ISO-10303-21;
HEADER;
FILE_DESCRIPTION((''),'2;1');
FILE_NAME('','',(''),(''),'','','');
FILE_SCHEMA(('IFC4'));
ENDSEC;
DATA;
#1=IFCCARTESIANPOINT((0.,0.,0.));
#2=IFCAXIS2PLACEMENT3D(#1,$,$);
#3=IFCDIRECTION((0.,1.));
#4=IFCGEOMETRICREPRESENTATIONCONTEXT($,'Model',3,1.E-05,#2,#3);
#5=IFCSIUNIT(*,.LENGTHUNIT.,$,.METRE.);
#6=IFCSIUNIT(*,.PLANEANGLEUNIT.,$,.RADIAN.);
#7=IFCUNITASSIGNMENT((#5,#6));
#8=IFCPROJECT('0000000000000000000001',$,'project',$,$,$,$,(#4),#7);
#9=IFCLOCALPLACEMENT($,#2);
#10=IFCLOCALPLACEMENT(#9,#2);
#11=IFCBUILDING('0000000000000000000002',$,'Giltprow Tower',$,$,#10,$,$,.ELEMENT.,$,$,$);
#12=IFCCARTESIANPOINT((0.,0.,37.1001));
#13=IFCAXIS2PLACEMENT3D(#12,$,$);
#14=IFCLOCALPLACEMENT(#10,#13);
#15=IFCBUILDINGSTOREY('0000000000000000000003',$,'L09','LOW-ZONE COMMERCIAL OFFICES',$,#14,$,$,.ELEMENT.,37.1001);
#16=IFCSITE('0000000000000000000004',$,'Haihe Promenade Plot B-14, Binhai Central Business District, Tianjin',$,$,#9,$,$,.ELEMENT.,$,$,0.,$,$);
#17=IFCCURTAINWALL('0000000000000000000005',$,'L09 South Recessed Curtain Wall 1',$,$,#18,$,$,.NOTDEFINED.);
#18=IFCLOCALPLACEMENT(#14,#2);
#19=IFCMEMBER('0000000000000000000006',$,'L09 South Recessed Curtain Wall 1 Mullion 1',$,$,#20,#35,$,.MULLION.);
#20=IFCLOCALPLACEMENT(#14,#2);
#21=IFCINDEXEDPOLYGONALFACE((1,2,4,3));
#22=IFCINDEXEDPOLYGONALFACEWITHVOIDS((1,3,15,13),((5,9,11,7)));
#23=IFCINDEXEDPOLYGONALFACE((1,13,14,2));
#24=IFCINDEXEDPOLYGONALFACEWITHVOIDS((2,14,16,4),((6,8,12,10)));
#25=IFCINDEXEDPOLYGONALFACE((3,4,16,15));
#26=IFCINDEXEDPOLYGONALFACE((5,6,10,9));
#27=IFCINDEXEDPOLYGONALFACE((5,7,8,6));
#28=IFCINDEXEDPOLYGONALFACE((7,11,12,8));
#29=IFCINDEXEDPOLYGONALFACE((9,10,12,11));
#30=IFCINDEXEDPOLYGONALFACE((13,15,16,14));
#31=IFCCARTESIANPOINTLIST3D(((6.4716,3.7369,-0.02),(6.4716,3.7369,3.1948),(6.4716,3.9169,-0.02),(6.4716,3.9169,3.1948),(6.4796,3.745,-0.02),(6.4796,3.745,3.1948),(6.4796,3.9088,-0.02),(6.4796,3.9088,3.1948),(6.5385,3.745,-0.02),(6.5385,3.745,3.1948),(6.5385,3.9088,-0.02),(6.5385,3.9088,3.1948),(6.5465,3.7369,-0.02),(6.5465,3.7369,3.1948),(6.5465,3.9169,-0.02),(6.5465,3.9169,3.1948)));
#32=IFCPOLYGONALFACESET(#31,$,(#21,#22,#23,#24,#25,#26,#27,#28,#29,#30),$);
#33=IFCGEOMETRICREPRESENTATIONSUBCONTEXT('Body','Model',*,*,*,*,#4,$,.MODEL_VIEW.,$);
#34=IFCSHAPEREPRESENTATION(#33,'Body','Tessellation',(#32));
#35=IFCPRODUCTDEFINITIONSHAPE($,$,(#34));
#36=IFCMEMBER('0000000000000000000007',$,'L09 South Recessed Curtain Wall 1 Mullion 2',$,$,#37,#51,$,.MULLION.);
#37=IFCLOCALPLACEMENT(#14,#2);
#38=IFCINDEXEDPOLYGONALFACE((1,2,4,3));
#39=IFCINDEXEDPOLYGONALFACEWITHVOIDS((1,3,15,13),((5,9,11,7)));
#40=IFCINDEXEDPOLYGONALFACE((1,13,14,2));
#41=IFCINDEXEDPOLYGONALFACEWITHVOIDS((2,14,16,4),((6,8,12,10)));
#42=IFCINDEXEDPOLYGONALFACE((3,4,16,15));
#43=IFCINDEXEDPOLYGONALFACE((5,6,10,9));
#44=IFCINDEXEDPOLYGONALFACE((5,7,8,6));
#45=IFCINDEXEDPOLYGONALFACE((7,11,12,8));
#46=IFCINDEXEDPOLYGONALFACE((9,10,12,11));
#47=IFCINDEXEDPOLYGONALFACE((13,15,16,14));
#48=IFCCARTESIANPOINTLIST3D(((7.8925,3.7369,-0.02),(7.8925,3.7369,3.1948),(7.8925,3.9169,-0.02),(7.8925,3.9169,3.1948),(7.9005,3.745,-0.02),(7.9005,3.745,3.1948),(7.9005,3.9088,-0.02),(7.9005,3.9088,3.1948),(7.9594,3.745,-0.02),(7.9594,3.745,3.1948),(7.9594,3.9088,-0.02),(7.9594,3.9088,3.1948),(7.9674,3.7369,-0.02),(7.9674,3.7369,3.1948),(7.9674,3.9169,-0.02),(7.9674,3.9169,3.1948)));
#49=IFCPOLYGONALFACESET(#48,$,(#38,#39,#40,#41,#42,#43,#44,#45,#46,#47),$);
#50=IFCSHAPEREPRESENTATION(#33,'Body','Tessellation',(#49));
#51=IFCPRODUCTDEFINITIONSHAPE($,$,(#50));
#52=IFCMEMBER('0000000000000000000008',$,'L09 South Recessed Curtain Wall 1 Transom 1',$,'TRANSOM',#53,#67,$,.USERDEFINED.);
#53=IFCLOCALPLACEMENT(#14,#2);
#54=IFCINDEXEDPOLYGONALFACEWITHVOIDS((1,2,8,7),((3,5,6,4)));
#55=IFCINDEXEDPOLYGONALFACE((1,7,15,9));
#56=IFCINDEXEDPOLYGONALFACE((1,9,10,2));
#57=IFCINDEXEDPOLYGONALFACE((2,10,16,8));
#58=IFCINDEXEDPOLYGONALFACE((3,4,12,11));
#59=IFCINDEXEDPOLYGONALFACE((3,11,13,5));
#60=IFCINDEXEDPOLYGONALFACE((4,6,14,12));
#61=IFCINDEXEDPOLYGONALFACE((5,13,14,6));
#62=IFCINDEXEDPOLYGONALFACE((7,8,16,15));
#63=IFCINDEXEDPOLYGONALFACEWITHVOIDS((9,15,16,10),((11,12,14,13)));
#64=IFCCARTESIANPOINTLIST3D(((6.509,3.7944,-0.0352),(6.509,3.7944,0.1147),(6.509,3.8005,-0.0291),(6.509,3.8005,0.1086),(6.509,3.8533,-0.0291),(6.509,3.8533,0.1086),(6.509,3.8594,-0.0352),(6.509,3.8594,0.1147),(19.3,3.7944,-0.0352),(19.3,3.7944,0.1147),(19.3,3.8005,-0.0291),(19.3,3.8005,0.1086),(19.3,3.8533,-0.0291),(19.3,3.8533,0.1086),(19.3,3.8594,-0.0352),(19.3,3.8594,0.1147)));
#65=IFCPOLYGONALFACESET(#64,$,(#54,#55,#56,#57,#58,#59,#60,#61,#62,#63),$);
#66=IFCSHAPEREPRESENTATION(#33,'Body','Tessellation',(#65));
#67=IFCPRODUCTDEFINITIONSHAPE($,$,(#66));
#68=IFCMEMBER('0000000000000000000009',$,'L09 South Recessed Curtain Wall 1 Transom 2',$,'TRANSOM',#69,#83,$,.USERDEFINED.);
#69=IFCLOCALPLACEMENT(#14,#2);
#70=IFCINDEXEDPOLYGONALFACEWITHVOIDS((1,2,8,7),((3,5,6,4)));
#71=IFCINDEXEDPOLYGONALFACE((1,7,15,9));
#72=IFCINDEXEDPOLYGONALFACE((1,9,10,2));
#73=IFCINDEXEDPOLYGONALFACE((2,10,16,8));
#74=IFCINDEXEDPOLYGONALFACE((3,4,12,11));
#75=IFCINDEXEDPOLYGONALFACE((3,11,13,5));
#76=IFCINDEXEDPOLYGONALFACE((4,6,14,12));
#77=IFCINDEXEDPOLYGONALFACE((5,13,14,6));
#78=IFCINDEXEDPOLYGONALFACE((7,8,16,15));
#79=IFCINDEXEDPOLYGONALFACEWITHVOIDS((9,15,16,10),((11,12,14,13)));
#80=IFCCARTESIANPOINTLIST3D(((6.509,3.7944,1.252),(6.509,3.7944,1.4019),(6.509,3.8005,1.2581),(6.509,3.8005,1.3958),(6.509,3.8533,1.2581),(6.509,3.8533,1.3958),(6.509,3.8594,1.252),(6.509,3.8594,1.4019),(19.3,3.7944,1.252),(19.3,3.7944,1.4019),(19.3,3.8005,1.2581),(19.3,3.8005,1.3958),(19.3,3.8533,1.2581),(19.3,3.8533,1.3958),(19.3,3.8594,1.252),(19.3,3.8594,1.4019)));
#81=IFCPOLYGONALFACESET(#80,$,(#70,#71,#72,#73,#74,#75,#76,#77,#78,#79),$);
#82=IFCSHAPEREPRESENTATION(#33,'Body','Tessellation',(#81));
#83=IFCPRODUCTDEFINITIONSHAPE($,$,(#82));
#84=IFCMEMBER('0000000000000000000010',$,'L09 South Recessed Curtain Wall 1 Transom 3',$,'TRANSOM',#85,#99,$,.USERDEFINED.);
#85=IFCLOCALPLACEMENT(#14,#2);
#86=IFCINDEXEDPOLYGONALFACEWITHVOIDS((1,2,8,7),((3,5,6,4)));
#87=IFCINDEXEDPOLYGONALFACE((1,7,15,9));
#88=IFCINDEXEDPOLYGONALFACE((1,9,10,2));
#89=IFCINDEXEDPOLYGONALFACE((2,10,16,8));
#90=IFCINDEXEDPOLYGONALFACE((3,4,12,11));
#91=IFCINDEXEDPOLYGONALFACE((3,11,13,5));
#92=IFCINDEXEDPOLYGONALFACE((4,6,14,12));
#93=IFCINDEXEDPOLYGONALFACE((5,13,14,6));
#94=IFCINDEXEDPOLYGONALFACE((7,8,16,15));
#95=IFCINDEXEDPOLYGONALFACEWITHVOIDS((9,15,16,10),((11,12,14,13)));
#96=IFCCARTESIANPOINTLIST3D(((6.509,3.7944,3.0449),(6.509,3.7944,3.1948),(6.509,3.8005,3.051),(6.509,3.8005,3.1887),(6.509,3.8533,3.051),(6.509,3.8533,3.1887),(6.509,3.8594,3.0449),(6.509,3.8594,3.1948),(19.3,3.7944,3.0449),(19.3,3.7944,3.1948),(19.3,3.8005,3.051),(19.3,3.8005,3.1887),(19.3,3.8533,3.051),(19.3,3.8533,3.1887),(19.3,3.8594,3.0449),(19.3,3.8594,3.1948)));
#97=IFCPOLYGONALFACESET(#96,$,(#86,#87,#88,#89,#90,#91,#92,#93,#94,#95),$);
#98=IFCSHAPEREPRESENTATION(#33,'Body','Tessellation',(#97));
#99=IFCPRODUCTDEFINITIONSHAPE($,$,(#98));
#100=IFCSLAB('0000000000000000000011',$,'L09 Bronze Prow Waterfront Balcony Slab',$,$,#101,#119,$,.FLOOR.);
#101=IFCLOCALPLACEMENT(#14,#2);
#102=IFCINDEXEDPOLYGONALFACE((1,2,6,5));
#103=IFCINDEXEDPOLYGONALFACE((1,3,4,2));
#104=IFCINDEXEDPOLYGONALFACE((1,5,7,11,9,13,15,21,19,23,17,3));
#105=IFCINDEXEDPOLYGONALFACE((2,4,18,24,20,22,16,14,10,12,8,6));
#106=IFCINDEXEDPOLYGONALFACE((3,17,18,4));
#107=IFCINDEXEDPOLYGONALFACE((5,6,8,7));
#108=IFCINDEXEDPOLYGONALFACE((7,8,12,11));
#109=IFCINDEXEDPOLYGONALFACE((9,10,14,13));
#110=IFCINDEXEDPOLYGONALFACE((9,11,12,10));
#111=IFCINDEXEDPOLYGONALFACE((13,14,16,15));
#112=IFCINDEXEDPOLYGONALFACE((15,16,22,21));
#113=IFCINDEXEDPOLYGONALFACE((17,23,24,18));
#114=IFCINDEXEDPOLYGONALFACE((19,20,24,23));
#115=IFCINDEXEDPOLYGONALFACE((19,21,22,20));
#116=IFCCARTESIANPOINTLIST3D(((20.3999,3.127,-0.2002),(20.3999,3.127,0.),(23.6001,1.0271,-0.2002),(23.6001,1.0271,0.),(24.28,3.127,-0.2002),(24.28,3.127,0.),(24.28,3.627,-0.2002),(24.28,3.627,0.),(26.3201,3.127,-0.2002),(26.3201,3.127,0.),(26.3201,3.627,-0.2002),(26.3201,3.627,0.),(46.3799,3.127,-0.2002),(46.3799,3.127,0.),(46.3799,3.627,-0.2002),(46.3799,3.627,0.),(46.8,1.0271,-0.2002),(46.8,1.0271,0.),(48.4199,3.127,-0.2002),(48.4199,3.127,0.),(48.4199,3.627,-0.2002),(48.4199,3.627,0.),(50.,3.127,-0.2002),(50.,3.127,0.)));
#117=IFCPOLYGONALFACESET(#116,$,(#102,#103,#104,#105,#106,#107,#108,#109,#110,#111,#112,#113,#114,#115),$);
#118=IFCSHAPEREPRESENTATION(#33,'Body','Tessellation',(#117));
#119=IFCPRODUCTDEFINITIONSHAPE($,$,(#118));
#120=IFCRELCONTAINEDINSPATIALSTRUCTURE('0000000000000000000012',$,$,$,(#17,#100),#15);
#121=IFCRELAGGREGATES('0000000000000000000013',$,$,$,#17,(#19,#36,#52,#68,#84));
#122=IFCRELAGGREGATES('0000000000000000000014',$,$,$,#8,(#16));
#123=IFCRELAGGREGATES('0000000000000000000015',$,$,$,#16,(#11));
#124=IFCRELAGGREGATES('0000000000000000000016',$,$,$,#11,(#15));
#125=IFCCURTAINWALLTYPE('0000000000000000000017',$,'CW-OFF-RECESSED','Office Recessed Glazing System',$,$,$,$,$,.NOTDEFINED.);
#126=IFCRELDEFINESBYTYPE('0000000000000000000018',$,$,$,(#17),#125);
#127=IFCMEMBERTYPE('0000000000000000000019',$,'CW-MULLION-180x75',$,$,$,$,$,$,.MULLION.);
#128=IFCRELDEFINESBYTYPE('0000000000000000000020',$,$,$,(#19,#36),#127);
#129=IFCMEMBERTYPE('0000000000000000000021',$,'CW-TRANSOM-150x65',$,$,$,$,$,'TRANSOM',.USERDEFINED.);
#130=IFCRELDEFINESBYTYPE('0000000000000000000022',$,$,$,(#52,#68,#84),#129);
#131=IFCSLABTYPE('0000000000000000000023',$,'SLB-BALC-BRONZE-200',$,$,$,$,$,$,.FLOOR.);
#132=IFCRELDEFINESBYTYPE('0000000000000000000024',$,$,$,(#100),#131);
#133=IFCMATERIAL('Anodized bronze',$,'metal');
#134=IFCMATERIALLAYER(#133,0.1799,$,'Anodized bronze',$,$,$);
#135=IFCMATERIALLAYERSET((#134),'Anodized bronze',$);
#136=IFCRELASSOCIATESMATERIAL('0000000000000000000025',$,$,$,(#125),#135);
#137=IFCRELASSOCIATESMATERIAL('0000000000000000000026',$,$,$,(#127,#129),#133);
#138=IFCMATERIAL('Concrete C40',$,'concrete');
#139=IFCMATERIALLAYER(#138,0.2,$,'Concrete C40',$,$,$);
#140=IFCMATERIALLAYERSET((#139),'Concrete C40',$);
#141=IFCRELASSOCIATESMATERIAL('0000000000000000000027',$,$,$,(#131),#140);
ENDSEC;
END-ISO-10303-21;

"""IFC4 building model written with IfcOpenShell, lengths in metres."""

from ifc_helpers import new_model, si_unit, direction, frame, origin, origin_2d, place, context, subcontext, project, spatial, polyline, hollow_rectangle, outline, extrude, source, transform, mapped, material, layer, layer_set, material_profile, profile_set, type_object, element, aggregate, save


model = new_model("IFC4")

# Units and contexts
model_context = context("Model", 3, precision=1e-05, world=origin(), true_north=direction((0.0, 1.0)))
body_context = subcontext(model_context, "Body", "Model", "MODEL_VIEW")
ifc_project = project(units=[si_unit("LENGTHUNIT", "METRE"), si_unit("PLANEANGLEUNIT", "RADIAN")], contexts=[model_context])

# Site, building, storey
site_placement = place(None, origin())
site = spatial("IfcSite", under=ifc_project, at=site_placement, Name="Haihe Promenade Plot B-14, Binhai Central Business District, Tianjin", CompositionType="ELEMENT", RefElevation=0.0)
building_placement = place(site_placement, origin())
building = spatial("IfcBuilding", under=site, at=building_placement, Name="Giltprow Tower", CompositionType="ELEMENT")
storey_placement = place(building_placement, frame((0.0, 0.0, 37.1001)))
storey = spatial("IfcBuildingStorey", under=building, at=storey_placement, Name="L09", Description="LOW-ZONE COMMERCIAL OFFICES", CompositionType="ELEMENT", Elevation=37.1001)

# Curtain wall, members
ifc_material_1 = material(Name="Anodized bronze", Category="metal")
ifc_layer_1 = layer(ifc_material_1, 0.1799, Name="Anodized bronze")
ifc_layer_set_1 = layer_set([ifc_layer_1], Name="Anodized bronze")
curtain_wall_type = type_object("IfcCurtainWallType", Name="CW-OFF-RECESSED", Description="Office Recessed Glazing System", PredefinedType="NOTDEFINED", material=ifc_layer_set_1)
curtain_wall_placement = place(storey_placement, origin())
curtain_wall = element("IfcCurtainWall", 1, at=curtain_wall_placement, inside=storey, type_object=curtain_wall_type, Name="L09 South Recessed Curtain Wall 1", PredefinedType="NOTDEFINED")
ifc_material_profile_1 = material_profile(ifc_material_1, hollow_rectangle(XDim=0.075, YDim=0.1799, WallThickness=0.0081, at=origin_2d()), Name="RHS 180x75x8")
ifc_profile_set_1 = profile_set([ifc_material_profile_1], Name="Anodized bronze")
member_type_1 = type_object("IfcMemberType", Name="CW-MULLION-180x75", PredefinedType="MULLION", material=ifc_profile_set_1)
shared_shape_1 = source(origin(), body_context, "Body", "SweptSolid", [
    extrude(hollow_rectangle(XDim=0.075, YDim=0.1799, WallThickness=0.0081, at=origin_2d()), origin(), (0.0, 0.0, 1.0), 3.2148),
])
member_1_placement = place(storey_placement, frame((6.509, 3.8269, -0.02), z_axis=(0.0, 0.0, 1.0), x_axis=(1.0, 0.0, 0.0)))
member_1 = element("IfcMember", 2, at=member_1_placement, type_object=member_type_1, Name="L09 South Recessed Curtain Wall 1 Mullion 1", PredefinedType="MULLION", context=body_context, shape_type="MappedRepresentation", body=[
    mapped(shared_shape_1, transform((0.0, 0.0, 0.0), x_axis=(1.0, 0.0, 0.0), y_axis=(0.0, 1.0, 0.0), z_axis=(0.0, 0.0, 1.0), scale=1.0)),
])
member_2_placement = place(storey_placement, frame((7.9299, 3.8269, -0.02), z_axis=(0.0, 0.0, 1.0), x_axis=(1.0, 0.0, 0.0)))
member_2 = element("IfcMember", 3, at=member_2_placement, type_object=member_type_1, Name="L09 South Recessed Curtain Wall 1 Mullion 2", PredefinedType="MULLION", context=body_context, shape_type="MappedRepresentation", body=[
    mapped(shared_shape_1, transform((0.0, 0.0, 0.0), x_axis=(1.0, 0.0, 0.0), y_axis=(0.0, 1.0, 0.0), z_axis=(0.0, 0.0, 1.0), scale=1.0)),
])
ifc_material_profile_2 = material_profile(ifc_material_1, hollow_rectangle(XDim=0.0649, YDim=0.1499, WallThickness=0.0061, at=origin_2d()), Name="RHS 150x65x6")
ifc_profile_set_2 = profile_set([ifc_material_profile_2], Name="Anodized bronze")
member_type_2 = type_object("IfcMemberType", Name="CW-TRANSOM-150x65", ElementType="TRANSOM", PredefinedType="USERDEFINED", material=ifc_profile_set_2)
shared_shape_2 = source(origin(), body_context, "Body", "SweptSolid", [
    extrude(hollow_rectangle(XDim=0.0649, YDim=0.1499, WallThickness=0.0061, at=origin_2d()), origin(), (0.0, 0.0, 1.0), 12.791),
])
member_3_placement = place(storey_placement, frame((6.509, 3.8269, 0.0398), z_axis=(1.0, 0.0, 0.0), x_axis=(0.0, 1.0, 0.0)))
member_3 = element("IfcMember", 4, at=member_3_placement, type_object=member_type_2, Name="L09 South Recessed Curtain Wall 1 Transom 1", ObjectType="TRANSOM", PredefinedType="USERDEFINED", context=body_context, shape_type="MappedRepresentation", body=[
    mapped(shared_shape_2, transform((0.0, 0.0, 0.0), x_axis=(1.0, 0.0, 0.0), y_axis=(0.0, 1.0, 0.0), z_axis=(0.0, 0.0, 1.0), scale=1.0)),
])
member_4_placement = place(storey_placement, frame((6.509, 3.8269, 1.3269), z_axis=(1.0, 0.0, 0.0), x_axis=(0.0, 1.0, 0.0)))
member_4 = element("IfcMember", 5, at=member_4_placement, type_object=member_type_2, Name="L09 South Recessed Curtain Wall 1 Transom 2", ObjectType="TRANSOM", PredefinedType="USERDEFINED", context=body_context, shape_type="MappedRepresentation", body=[
    mapped(shared_shape_2, transform((0.0, 0.0, 0.0), x_axis=(1.0, 0.0, 0.0), y_axis=(0.0, 1.0, 0.0), z_axis=(0.0, 0.0, 1.0), scale=1.0)),
])
member_5_placement = place(storey_placement, frame((6.509, 3.8269, 3.1199), z_axis=(1.0, 0.0, 0.0), x_axis=(0.0, 1.0, 0.0)))
member_5 = element("IfcMember", 6, at=member_5_placement, type_object=member_type_2, Name="L09 South Recessed Curtain Wall 1 Transom 3", ObjectType="TRANSOM", PredefinedType="USERDEFINED", context=body_context, shape_type="MappedRepresentation", body=[
    mapped(shared_shape_2, transform((0.0, 0.0, 0.0), x_axis=(1.0, 0.0, 0.0), y_axis=(0.0, 1.0, 0.0), z_axis=(0.0, 0.0, 1.0), scale=1.0)),
])

# Slab
ifc_material_2 = material(Name="Concrete C40", Category="concrete")
ifc_layer_2 = layer(ifc_material_2, 0.2, Name="Concrete C40")
ifc_layer_set_2 = layer_set([ifc_layer_2], Name="Concrete C40")
slab_type_1 = type_object("IfcSlabType", Name="SLB-BALC-BRONZE-200", PredefinedType="FLOOR", material=ifc_layer_set_2)
slab_1_placement = place(storey_placement, frame((0.0, 0.0, -0.2002)))
element("IfcSlab", 7, at=slab_1_placement, inside=storey, type_object=slab_type_1, Name="L09 Bronze Prow Waterfront Balcony Slab", PredefinedType="FLOOR", context=body_context, shape_type="SweptSolid", body=[
    extrude(outline(polyline([(50.0, 3.127), (46.8, 1.0271), (23.6001, 1.0271), (20.3999, 3.127), (24.28, 3.127), (24.28, 3.627), (26.3201, 3.627), (26.3201, 3.127), (46.3799, 3.127), (46.3799, 3.627), (48.4199, 3.627), (48.4199, 3.127), (50.0, 3.127)])), origin(), (0.0, 0.0, 1.0), 0.2002),
])

aggregate(curtain_wall, [member_1, member_2, member_3, member_4, member_5])

save(model, "model.ifc")
